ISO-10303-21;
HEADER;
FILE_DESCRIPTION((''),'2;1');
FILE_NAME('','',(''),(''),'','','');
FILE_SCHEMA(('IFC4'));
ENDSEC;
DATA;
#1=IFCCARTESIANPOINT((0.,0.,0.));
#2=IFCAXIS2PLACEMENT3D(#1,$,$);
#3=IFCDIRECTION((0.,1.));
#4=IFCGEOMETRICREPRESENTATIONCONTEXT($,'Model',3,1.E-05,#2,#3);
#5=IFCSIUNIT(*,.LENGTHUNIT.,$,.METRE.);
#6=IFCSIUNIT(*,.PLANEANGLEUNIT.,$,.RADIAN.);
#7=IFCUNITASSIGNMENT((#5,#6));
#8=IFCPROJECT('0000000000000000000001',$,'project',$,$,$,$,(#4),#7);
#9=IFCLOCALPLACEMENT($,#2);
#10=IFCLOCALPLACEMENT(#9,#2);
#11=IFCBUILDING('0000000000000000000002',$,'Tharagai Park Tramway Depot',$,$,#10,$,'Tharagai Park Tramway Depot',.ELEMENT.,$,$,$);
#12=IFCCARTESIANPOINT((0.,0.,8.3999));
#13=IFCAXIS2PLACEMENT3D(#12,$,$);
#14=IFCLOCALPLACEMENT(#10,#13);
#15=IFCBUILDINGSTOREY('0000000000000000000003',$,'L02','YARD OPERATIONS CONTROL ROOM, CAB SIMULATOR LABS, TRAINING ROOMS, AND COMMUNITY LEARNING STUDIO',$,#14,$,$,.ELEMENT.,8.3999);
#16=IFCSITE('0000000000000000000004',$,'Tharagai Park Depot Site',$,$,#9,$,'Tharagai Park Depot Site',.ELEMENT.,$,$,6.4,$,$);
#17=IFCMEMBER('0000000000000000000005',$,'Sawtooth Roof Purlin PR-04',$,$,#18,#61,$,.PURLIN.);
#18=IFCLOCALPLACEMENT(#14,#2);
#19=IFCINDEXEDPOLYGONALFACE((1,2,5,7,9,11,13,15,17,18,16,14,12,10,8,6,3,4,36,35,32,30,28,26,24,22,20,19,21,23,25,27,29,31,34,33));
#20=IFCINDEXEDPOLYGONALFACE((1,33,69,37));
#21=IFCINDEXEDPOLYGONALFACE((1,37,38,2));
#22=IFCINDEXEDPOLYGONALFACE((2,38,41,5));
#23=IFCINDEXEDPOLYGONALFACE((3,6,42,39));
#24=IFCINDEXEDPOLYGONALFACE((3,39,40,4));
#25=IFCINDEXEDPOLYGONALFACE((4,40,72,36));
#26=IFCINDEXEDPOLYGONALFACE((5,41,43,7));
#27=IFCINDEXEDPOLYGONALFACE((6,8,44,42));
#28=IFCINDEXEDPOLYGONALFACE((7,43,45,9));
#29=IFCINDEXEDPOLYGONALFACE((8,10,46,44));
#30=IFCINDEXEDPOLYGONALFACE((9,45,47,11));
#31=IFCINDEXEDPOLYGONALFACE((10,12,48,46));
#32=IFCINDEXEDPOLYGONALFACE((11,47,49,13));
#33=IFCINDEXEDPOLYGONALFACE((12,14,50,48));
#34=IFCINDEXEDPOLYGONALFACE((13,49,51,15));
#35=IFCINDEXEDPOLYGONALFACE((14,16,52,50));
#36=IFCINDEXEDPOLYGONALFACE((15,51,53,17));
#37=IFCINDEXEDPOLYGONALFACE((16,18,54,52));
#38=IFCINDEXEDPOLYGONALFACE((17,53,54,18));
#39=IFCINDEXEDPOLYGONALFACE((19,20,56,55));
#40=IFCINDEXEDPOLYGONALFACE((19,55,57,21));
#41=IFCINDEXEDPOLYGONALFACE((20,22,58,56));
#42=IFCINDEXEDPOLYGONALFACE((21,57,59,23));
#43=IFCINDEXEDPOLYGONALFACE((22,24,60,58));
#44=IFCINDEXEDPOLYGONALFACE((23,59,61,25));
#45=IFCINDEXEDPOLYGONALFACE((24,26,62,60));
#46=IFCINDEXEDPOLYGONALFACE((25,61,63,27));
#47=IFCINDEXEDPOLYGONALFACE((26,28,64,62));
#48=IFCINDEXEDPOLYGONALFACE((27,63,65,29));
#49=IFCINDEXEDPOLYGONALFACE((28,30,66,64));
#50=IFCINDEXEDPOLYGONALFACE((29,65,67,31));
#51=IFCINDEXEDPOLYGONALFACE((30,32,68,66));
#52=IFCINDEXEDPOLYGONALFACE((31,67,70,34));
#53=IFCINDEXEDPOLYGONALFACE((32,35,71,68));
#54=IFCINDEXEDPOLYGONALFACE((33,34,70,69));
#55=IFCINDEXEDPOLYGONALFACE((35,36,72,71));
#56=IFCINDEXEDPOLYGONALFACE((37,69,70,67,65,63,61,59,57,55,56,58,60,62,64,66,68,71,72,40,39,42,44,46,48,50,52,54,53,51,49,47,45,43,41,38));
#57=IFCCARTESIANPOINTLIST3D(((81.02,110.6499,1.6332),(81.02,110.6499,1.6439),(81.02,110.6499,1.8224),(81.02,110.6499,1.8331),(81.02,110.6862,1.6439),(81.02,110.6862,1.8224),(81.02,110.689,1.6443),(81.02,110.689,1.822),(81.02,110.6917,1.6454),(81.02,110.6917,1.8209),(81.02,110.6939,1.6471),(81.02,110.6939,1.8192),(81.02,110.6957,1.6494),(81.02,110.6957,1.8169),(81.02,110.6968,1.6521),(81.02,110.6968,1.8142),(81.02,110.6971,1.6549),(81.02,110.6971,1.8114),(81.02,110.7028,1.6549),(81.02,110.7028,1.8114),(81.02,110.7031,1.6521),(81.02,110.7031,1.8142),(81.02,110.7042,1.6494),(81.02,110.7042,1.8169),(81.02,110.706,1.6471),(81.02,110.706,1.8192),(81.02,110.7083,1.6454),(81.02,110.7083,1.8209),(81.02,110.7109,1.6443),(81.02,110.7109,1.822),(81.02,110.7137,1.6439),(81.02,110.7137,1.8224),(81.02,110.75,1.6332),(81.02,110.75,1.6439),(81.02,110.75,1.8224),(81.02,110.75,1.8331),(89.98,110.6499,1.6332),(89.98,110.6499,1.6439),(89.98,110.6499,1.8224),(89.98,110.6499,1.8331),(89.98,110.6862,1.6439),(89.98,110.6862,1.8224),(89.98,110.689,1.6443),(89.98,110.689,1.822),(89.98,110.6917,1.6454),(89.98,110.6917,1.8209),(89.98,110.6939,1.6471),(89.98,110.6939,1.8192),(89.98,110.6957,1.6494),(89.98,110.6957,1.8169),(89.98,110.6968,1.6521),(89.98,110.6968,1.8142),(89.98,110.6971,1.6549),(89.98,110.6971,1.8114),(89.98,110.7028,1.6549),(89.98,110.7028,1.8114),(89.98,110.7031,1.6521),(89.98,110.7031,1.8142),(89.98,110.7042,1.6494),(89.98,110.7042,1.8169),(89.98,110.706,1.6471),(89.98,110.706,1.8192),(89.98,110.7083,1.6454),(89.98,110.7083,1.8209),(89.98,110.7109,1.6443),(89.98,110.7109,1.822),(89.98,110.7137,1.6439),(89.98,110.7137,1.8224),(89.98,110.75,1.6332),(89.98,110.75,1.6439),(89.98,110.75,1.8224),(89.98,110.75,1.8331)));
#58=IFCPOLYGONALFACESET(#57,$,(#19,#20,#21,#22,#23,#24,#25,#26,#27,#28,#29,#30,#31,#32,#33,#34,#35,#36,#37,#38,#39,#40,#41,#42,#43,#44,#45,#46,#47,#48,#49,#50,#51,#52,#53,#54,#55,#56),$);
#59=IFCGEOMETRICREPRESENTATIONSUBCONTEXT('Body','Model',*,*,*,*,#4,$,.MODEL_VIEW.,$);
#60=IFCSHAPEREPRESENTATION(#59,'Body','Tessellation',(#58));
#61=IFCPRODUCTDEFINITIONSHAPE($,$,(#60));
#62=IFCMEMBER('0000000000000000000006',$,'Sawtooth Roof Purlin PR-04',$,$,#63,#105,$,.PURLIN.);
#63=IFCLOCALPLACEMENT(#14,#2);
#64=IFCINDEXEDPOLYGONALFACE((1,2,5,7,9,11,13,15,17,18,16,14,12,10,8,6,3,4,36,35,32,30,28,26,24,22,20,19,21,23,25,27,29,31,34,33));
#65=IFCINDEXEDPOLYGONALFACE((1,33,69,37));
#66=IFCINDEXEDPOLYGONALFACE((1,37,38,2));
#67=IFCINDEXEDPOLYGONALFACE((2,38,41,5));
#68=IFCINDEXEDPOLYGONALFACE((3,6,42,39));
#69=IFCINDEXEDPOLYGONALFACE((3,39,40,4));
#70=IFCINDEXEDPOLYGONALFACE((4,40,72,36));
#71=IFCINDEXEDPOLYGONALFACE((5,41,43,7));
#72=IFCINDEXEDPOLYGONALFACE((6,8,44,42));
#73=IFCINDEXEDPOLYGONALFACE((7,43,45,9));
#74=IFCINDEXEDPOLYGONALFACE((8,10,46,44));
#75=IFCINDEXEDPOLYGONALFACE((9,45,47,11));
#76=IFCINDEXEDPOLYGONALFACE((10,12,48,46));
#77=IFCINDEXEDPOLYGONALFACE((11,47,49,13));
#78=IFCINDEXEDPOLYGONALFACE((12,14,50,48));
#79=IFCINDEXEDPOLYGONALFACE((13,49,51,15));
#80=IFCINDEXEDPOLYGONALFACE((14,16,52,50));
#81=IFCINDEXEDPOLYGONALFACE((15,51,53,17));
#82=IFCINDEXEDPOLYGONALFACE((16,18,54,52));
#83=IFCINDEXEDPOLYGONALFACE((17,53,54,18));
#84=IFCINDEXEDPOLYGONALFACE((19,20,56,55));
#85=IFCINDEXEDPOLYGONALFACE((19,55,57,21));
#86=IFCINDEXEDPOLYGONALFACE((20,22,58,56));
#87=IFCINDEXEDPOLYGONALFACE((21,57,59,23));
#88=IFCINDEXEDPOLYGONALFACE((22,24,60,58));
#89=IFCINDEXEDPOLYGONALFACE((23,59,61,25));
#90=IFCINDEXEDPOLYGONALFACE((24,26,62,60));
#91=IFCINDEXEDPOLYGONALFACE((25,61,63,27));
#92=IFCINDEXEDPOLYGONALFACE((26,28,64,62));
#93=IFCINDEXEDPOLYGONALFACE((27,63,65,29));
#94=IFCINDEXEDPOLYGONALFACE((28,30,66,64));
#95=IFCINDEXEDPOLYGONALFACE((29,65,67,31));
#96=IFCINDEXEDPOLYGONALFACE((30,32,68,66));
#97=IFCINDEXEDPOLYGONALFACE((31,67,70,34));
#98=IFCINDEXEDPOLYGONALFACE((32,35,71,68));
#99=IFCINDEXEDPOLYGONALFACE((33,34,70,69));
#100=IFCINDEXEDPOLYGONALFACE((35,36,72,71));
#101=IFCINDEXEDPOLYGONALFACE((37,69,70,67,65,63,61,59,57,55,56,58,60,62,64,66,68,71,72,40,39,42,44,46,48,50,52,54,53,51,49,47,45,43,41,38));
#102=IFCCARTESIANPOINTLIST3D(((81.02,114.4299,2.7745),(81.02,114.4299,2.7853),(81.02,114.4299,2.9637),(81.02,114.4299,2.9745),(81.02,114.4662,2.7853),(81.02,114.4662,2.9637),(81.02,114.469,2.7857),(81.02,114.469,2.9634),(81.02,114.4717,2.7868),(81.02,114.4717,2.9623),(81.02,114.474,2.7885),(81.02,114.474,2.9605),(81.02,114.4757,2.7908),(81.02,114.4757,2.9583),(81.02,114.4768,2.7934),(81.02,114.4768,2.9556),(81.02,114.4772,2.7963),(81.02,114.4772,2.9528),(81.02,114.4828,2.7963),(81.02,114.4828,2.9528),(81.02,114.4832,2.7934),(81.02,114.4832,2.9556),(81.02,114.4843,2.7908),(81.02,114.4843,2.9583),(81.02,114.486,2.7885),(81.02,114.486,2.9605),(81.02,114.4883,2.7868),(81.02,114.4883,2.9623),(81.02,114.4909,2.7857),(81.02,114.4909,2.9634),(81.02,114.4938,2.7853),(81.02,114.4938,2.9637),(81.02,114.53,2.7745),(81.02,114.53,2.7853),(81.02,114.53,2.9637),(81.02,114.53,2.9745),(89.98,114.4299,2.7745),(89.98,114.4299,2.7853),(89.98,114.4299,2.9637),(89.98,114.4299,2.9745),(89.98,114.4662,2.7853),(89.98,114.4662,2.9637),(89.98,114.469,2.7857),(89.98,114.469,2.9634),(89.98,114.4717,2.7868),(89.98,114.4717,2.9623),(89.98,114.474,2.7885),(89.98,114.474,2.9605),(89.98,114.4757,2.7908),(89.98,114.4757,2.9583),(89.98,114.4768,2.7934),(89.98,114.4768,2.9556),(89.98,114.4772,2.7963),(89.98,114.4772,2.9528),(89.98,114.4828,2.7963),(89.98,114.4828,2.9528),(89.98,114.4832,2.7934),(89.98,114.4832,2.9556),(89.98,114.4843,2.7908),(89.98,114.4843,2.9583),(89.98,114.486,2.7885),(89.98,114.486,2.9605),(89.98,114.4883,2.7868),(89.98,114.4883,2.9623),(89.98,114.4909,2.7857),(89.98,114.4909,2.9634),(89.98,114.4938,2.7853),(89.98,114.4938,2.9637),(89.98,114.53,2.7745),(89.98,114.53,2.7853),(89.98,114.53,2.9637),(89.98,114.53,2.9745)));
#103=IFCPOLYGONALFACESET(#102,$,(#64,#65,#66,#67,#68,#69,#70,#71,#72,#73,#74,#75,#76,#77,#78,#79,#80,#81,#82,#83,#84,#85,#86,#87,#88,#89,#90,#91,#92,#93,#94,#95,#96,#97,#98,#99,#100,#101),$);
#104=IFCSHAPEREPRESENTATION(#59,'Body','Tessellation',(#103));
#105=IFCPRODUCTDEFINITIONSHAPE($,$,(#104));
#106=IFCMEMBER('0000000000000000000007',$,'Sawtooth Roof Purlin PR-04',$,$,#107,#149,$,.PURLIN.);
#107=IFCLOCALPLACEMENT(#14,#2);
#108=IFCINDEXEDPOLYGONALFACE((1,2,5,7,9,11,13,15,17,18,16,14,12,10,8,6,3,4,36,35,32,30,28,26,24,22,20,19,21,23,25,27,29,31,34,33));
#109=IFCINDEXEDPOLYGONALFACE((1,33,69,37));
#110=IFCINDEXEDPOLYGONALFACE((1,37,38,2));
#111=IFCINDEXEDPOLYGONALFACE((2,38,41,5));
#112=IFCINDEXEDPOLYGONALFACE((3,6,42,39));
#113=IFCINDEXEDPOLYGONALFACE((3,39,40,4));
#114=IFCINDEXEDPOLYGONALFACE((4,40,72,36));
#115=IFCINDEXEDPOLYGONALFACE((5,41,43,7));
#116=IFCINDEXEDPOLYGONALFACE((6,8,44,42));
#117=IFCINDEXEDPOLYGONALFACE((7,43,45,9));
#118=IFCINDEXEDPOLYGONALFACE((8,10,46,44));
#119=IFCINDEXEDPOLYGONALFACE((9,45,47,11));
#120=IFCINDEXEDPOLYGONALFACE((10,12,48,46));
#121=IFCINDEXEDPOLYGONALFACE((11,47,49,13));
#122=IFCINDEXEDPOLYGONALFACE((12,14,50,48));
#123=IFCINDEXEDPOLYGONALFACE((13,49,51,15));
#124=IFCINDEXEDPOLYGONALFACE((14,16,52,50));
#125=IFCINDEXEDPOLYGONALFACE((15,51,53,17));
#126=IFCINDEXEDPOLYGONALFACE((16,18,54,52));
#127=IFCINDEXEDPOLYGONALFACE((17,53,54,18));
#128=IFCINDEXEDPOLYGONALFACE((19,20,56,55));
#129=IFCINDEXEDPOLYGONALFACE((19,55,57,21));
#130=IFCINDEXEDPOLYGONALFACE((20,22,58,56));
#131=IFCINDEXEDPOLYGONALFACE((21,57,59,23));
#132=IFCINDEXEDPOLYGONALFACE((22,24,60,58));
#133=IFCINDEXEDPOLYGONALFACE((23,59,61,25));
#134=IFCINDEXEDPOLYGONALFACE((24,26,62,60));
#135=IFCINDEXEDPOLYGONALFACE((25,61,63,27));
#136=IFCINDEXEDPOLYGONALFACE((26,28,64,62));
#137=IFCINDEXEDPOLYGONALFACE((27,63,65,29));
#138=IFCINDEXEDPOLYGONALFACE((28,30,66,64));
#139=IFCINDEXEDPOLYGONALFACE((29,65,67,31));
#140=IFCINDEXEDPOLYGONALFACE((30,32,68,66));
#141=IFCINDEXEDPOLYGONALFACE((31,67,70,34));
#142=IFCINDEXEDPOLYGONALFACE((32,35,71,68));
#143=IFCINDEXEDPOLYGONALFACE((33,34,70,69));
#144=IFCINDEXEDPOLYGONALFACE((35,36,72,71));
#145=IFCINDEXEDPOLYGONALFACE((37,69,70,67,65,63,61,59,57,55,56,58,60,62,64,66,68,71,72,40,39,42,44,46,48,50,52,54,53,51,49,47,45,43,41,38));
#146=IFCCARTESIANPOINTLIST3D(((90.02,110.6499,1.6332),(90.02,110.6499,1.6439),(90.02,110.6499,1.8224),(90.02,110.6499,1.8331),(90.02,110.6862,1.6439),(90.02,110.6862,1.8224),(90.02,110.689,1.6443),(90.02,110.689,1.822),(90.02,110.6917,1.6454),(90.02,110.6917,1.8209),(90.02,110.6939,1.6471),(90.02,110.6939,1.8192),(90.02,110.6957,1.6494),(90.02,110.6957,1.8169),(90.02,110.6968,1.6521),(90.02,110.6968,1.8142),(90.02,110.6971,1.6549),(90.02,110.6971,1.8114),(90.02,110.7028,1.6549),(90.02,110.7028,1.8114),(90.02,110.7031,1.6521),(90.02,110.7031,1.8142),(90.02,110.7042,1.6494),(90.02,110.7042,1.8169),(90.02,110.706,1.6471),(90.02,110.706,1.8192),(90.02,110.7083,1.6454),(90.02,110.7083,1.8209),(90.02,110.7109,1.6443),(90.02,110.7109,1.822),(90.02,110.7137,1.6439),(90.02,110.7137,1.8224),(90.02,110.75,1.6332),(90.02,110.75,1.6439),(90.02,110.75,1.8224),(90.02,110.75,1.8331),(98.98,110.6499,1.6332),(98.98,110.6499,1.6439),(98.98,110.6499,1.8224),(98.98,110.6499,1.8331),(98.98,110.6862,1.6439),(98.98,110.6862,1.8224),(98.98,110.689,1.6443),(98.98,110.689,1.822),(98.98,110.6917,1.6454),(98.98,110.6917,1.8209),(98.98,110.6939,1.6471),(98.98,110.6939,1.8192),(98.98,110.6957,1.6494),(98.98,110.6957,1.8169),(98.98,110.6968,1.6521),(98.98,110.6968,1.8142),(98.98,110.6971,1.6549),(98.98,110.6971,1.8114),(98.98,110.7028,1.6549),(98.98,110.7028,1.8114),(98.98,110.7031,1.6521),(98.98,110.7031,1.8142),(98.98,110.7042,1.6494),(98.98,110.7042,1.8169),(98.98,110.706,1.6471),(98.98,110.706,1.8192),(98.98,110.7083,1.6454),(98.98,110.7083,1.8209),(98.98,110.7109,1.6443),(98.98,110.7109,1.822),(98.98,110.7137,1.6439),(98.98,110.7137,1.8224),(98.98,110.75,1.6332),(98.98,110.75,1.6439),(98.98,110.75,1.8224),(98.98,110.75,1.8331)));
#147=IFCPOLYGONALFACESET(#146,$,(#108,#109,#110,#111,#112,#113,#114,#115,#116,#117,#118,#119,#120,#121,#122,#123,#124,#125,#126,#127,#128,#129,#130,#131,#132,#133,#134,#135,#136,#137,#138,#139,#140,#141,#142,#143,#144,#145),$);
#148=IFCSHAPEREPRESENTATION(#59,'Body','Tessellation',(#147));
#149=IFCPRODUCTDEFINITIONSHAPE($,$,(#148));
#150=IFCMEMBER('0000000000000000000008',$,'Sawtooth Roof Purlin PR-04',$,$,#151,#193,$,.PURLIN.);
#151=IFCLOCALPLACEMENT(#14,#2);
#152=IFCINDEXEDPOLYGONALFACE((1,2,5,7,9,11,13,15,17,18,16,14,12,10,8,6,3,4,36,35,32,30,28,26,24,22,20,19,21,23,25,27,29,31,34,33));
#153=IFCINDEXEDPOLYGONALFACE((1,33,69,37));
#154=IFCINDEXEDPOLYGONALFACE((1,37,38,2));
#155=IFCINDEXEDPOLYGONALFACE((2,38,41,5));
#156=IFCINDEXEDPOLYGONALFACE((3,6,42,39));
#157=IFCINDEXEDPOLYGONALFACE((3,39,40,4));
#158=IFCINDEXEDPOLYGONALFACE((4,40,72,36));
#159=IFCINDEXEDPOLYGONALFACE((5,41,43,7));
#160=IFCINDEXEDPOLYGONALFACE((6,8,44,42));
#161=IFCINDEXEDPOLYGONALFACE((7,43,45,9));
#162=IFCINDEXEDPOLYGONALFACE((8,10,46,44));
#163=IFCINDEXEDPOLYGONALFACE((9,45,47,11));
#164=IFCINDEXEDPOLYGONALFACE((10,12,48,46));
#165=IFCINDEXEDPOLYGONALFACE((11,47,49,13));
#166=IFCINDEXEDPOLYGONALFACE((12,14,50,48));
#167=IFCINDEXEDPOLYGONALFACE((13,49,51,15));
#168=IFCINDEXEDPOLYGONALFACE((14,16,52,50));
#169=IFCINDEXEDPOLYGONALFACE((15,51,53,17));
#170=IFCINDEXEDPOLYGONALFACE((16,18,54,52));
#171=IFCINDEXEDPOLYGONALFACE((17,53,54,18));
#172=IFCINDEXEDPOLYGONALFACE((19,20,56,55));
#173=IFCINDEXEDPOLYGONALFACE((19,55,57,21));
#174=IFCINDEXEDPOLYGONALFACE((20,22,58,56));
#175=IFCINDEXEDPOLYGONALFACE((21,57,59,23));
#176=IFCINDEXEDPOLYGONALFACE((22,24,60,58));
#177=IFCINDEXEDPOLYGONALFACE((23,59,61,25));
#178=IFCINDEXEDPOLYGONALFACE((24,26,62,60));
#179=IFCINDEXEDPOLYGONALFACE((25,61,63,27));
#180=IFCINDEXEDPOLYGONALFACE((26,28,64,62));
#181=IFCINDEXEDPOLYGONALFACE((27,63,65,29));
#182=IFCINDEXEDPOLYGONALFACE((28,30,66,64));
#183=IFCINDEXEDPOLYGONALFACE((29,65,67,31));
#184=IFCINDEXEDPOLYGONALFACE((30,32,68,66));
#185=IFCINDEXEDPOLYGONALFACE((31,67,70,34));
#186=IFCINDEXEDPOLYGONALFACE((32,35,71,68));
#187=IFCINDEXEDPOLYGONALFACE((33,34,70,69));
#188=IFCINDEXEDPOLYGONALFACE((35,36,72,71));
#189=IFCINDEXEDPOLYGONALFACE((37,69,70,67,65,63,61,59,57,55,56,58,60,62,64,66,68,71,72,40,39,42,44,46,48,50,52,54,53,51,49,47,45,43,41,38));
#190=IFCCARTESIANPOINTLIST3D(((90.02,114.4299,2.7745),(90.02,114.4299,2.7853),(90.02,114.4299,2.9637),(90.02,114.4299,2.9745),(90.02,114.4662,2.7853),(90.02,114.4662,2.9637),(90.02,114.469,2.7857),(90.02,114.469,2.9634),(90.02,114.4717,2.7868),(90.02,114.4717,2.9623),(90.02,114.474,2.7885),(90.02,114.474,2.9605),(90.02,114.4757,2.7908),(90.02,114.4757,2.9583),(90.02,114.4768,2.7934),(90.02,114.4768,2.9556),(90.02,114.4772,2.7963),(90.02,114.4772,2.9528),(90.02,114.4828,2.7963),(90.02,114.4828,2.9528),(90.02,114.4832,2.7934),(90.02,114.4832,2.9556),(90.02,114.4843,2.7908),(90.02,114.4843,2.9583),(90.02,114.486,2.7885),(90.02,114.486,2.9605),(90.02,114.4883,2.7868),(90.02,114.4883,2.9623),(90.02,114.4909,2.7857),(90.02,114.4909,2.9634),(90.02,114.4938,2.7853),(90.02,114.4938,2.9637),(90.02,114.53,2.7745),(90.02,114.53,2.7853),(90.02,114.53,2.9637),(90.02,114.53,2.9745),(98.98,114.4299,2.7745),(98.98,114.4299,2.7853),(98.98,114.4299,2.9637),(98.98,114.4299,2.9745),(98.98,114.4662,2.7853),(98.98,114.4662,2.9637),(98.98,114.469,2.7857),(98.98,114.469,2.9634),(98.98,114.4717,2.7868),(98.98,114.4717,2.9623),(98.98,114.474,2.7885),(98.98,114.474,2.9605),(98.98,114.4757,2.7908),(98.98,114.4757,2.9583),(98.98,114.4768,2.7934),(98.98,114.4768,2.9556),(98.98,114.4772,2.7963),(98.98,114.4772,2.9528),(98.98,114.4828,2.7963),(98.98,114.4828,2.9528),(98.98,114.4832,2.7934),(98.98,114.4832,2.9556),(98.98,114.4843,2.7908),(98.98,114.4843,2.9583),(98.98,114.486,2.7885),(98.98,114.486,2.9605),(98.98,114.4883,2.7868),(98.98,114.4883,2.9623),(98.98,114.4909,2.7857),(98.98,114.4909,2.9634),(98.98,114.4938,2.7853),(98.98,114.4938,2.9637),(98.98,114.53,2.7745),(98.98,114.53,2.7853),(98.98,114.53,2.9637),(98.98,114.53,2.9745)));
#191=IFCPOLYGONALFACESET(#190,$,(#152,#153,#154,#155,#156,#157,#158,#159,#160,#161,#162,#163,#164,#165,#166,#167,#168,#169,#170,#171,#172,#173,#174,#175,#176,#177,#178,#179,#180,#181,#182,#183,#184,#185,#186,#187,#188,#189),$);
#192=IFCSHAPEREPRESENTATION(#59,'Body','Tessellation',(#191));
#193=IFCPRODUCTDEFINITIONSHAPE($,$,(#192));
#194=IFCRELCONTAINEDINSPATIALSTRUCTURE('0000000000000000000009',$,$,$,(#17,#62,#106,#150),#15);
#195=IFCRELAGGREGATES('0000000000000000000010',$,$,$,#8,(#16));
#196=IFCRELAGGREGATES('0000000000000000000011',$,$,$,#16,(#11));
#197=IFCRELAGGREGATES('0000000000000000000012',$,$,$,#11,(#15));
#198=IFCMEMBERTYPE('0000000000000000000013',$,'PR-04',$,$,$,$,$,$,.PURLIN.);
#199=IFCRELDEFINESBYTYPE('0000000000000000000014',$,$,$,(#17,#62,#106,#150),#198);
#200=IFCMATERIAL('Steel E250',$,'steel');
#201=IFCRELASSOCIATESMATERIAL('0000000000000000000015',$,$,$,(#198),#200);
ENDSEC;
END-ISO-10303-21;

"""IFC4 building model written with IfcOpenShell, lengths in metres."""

from ifc_helpers import new_model, si_unit, direction, frame, origin, origin_2d, place, context, subcontext, project, spatial, i_section, extrude, material, material_profile, profile_set, type_object, element, save


model = new_model("IFC4")

# Units and contexts
model_context = context("Model", 3, precision=1e-05, world=origin(), true_north=direction((0.0, 1.0)))
body_context = subcontext(model_context, "Body", "Model", "MODEL_VIEW")
ifc_project = project(units=[si_unit("LENGTHUNIT", "METRE"), si_unit("PLANEANGLEUNIT", "RADIAN")], contexts=[model_context])

# Site, building, storey
site_placement = place(None, origin())
site = spatial("IfcSite", under=ifc_project, at=site_placement, Name="Tharagai Park Depot Site", LongName="Tharagai Park Depot Site", CompositionType="ELEMENT", RefElevation=6.4)
building_placement = place(site_placement, origin())
building = spatial("IfcBuilding", under=site, at=building_placement, Name="Tharagai Park Tramway Depot", LongName="Tharagai Park Tramway Depot", CompositionType="ELEMENT")
storey_placement = place(building_placement, frame((0.0, 0.0, 8.3999)))
storey = spatial("IfcBuildingStorey", under=building, at=storey_placement, Name="L02", Description="YARD OPERATIONS CONTROL ROOM, CAB SIMULATOR LABS, TRAINING ROOMS, AND COMMUNITY LEARNING STUDIO", CompositionType="ELEMENT", Elevation=8.3999)

# Shared definitions
ifc_material_1 = material(Name="Steel E250", Category="steel")

# Members
ifc_material_profile_1 = material_profile(ifc_material_1, i_section(OverallWidth=0.1001, OverallDepth=0.2, WebThickness=0.0056, FlangeThickness=0.0107, FilletRadius=0.011, at=origin_2d()), Name="ISMB 200")
ifc_profile_set_1 = profile_set([ifc_material_profile_1], Name="Steel E250")
member_type_1 = type_object("IfcMemberType", Name="PR-04", PredefinedType="PURLIN", material=ifc_profile_set_1)
for number, where, z_axis, x_axis, name in (
    (1, (81.02, 110.7, 1.7332), (1.0, 0.0, 0.0), (0.0, 1.0, 0.0), "Sawtooth Roof Purlin PR-04"),
    (2, (81.02, 114.48, 2.8745), (1.0, 0.0, 0.0), (0.0, 1.0, 0.0), "Sawtooth Roof Purlin PR-04"),
    (3, (90.02, 110.7, 1.7332), (1.0, 0.0, 0.0), (0.0, 1.0, 0.0), "Sawtooth Roof Purlin PR-04"),
    (4, (90.02, 114.48, 2.8745), (1.0, 0.0, 0.0), (0.0, 1.0, 0.0), "Sawtooth Roof Purlin PR-04"),
):
    element("IfcMember", number, at=place(storey_placement, frame(where, z_axis=z_axis, x_axis=x_axis)), inside=storey, type_object=member_type_1, Name=name, PredefinedType="PURLIN", context=body_context, shape_type="SweptSolid", body=[
        extrude(i_section(OverallWidth=0.1001, OverallDepth=0.2, WebThickness=0.0056, FlangeThickness=0.0107, FilletRadius=0.011, at=origin_2d()), origin(), (0.0, 0.0, 1.0), 8.96),
    ])

save(model, "model.ifc")
